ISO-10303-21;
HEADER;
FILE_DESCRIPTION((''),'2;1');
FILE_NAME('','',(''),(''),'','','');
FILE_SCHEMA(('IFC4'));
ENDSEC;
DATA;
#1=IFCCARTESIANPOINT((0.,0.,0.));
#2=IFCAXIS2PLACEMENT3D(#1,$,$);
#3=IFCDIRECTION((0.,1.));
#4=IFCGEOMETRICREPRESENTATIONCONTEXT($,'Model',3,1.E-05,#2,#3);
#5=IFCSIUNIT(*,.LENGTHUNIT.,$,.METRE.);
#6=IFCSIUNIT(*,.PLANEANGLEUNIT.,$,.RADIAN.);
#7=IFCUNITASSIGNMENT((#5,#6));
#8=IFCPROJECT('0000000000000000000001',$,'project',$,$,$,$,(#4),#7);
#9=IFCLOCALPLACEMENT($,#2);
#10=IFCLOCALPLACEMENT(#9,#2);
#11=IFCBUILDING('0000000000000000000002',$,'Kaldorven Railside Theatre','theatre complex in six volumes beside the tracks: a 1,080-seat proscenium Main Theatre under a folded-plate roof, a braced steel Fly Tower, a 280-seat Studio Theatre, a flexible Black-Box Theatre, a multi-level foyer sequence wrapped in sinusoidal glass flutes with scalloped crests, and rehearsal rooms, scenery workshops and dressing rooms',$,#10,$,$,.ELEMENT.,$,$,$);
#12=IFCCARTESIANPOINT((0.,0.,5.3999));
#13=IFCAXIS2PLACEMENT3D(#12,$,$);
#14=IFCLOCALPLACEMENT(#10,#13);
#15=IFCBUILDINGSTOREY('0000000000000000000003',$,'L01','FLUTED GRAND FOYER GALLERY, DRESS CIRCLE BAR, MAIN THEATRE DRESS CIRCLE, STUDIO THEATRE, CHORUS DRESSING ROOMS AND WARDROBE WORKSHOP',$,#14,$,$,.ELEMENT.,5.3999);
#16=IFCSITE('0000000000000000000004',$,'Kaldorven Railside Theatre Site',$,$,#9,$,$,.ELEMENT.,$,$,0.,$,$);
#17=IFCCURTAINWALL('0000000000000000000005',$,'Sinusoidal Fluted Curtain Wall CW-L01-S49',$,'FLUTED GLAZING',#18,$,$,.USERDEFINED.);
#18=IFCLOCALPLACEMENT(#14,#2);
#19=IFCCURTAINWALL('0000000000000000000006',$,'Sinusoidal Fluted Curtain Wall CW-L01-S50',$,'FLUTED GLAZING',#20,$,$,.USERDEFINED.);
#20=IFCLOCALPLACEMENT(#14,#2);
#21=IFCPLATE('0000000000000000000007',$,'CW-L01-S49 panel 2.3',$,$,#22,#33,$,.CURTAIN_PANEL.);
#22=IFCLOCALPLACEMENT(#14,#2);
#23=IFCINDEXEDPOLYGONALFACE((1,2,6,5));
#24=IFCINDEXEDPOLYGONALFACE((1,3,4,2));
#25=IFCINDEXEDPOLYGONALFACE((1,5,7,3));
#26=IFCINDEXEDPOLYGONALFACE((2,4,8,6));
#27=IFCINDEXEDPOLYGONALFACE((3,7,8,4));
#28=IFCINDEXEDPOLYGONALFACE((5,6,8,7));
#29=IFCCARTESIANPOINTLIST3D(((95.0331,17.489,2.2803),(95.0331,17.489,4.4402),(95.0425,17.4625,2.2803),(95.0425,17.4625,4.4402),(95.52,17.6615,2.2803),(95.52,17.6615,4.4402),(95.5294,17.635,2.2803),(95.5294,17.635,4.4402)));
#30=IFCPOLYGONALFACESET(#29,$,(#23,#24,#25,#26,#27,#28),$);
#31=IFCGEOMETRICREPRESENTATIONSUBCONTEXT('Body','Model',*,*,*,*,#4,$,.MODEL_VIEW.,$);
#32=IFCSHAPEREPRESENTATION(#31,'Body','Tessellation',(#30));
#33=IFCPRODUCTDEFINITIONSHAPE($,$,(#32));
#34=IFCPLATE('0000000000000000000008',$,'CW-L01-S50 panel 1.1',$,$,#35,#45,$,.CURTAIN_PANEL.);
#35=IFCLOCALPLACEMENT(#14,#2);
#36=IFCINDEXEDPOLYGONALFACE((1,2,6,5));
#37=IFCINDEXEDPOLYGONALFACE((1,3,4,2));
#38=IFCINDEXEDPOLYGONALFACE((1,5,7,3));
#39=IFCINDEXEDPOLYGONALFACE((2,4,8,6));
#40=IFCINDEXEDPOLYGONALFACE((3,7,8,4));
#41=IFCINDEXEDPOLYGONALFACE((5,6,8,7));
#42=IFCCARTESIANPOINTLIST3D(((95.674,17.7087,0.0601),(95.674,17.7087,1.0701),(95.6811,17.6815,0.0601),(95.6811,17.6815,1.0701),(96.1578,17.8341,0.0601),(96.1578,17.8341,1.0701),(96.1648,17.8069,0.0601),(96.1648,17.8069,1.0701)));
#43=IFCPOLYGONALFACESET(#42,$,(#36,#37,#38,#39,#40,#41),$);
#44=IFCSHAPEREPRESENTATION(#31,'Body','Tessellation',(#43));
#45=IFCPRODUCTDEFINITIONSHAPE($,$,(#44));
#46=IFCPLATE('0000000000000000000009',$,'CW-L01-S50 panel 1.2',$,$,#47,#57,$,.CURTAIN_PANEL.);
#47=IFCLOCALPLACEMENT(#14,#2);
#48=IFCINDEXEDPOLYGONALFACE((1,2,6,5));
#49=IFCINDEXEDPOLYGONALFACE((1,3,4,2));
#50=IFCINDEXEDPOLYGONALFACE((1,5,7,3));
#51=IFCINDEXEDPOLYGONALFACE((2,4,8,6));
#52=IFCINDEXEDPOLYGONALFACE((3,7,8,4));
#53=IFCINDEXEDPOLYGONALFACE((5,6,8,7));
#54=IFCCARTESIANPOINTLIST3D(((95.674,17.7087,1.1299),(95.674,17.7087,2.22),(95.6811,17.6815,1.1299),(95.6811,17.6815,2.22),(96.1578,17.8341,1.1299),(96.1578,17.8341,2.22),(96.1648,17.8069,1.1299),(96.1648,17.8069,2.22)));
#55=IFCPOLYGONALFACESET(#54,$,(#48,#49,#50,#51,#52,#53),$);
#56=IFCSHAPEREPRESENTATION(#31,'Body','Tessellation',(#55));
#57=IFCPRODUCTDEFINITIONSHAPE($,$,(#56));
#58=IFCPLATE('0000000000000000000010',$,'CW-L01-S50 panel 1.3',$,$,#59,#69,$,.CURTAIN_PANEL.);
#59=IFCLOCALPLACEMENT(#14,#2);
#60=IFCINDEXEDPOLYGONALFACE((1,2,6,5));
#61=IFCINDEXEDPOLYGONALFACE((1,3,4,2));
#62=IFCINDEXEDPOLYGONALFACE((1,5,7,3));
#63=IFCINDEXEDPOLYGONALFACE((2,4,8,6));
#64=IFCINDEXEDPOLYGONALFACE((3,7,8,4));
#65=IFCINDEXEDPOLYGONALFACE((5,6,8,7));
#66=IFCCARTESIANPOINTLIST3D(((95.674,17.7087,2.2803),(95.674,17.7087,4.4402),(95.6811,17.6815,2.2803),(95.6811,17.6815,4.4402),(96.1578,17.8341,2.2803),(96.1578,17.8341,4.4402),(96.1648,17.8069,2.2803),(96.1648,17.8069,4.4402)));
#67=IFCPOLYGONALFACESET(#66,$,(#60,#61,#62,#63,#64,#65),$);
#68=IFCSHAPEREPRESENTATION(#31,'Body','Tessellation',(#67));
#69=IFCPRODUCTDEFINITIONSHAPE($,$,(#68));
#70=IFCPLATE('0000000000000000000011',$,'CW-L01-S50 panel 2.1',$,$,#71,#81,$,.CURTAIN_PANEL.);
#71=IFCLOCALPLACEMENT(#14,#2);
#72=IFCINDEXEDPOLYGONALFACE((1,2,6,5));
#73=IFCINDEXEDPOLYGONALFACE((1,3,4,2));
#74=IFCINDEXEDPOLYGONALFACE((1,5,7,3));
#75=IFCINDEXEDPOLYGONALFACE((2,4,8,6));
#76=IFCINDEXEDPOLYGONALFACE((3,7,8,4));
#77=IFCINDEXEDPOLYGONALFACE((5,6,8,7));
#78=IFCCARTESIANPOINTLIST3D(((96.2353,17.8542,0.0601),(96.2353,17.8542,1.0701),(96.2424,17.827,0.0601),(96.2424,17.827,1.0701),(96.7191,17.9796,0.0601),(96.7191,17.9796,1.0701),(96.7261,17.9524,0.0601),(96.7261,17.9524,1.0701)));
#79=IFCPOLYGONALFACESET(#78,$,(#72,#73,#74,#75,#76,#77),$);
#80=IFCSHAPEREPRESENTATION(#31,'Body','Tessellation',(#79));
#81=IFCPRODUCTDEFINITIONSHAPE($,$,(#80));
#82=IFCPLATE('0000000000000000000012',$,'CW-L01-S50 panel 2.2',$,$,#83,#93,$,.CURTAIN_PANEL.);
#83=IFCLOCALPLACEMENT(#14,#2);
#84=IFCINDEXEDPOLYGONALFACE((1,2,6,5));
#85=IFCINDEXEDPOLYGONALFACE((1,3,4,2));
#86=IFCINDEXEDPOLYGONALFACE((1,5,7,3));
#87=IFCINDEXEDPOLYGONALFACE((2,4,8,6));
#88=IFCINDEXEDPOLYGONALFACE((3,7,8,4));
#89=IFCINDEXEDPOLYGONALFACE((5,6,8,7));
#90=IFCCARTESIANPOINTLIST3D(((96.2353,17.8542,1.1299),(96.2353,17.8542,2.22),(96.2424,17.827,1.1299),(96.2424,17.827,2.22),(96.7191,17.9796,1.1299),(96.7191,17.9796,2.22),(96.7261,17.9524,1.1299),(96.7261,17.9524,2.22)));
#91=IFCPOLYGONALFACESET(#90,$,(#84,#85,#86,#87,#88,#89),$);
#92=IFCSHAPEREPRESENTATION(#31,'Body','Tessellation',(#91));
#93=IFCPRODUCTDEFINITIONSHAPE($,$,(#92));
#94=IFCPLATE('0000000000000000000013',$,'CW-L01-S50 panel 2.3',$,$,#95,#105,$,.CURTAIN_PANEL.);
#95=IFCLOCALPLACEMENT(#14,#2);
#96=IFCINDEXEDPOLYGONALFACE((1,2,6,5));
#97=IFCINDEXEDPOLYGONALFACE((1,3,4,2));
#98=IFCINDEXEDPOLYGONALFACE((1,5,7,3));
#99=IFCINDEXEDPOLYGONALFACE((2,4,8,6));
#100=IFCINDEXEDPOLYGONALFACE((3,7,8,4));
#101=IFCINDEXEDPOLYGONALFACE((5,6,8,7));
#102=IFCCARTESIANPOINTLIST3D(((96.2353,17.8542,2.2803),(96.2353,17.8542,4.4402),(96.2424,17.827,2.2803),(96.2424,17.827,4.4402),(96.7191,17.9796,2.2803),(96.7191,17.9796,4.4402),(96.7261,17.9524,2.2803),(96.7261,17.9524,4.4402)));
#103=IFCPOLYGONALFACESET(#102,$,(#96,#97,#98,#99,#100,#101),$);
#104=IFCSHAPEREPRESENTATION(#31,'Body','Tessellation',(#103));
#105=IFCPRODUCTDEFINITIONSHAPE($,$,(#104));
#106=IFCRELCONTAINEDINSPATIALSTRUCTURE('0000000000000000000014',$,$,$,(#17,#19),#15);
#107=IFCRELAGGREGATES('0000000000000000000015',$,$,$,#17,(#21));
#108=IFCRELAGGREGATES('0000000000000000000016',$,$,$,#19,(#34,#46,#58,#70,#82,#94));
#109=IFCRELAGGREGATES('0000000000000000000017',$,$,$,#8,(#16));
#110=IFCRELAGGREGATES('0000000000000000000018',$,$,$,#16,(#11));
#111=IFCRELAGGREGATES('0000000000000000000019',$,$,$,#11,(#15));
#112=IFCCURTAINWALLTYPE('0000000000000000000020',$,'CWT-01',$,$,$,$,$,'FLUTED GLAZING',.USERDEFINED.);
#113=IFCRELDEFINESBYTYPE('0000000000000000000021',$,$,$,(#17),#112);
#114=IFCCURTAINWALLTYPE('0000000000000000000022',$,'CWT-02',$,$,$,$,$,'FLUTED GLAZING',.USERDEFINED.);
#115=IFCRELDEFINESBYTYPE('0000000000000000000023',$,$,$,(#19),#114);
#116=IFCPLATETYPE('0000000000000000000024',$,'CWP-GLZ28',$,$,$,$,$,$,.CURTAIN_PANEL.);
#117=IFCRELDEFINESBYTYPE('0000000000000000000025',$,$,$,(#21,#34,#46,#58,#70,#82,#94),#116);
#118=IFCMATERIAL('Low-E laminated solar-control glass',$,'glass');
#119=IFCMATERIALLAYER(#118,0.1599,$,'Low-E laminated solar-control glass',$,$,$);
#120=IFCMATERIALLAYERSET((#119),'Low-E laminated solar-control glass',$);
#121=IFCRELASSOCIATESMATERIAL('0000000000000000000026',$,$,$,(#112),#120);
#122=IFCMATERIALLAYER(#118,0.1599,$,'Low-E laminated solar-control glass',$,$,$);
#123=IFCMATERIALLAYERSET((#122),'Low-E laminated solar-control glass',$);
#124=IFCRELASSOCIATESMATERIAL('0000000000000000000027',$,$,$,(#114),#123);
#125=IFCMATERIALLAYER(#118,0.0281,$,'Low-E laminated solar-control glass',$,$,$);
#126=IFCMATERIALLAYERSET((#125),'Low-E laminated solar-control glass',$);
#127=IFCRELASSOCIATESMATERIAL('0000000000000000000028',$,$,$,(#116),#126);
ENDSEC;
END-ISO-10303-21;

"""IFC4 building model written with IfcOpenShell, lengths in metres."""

from ifc_helpers import new_model, si_unit, direction, frame, origin, origin_2d, place, context, subcontext, project, spatial, rectangle, extrude, material, layer, layer_set, type_object, element, aggregate, save


model = new_model("IFC4")

# Units and contexts
model_context = context("Model", 3, precision=1e-05, world=origin(), true_north=direction((0.0, 1.0)))
body_context = subcontext(model_context, "Body", "Model", "MODEL_VIEW")
ifc_project = project(units=[si_unit("LENGTHUNIT", "METRE"), si_unit("PLANEANGLEUNIT", "RADIAN")], contexts=[model_context])

# Site, building, storey
site_placement = place(None, origin())
site = spatial("IfcSite", under=ifc_project, at=site_placement, Name="Kaldorven Railside Theatre Site", CompositionType="ELEMENT", RefElevation=0.0)
building_placement = place(site_placement, origin())
building = spatial("IfcBuilding", under=site, at=building_placement, Name="Kaldorven Railside Theatre", Description="theatre complex in six volumes beside the tracks: a 1,080-seat proscenium Main Theatre under a folded-plate roof, a braced steel Fly Tower, a 280-seat Studio Theatre, a flexible Black-Box Theatre, a multi-level foyer sequence wrapped in sinusoidal glass flutes with scalloped crests, and rehearsal rooms, scenery workshops and dressing rooms", CompositionType="ELEMENT")
storey_placement = place(building_placement, frame((0.0, 0.0, 5.3999)))
storey = spatial("IfcBuildingStorey", under=building, at=storey_placement, Name="L01", Description="FLUTED GRAND FOYER GALLERY, DRESS CIRCLE BAR, MAIN THEATRE DRESS CIRCLE, STUDIO THEATRE, CHORUS DRESSING ROOMS AND WARDROBE WORKSHOP", CompositionType="ELEMENT", Elevation=5.3999)

# Curtain wall
ifc_material_1 = material(Name="Low-E laminated solar-control glass", Category="glass")
ifc_layer_1 = layer(ifc_material_1, 0.1599, Name="Low-E laminated solar-control glass")
ifc_layer_set_1 = layer_set([ifc_layer_1], Name="Low-E laminated solar-control glass")
curtain_wall_type_1 = type_object("IfcCurtainWallType", Name="CWT-01", ElementType="FLUTED GLAZING", PredefinedType="USERDEFINED", material=ifc_layer_set_1)
curtain_wall_1_placement = place(storey_placement, origin())
curtain_wall_1 = element("IfcCurtainWall", 1, at=curtain_wall_1_placement, inside=storey, type_object=curtain_wall_type_1, Name="Sinusoidal Fluted Curtain Wall CW-L01-S49", ObjectType="FLUTED GLAZING", PredefinedType="USERDEFINED")

# Curtain wall
ifc_layer_2 = layer(ifc_material_1, 0.1599, Name="Low-E laminated solar-control glass")
ifc_layer_set_2 = layer_set([ifc_layer_2], Name="Low-E laminated solar-control glass")
curtain_wall_type_2 = type_object("IfcCurtainWallType", Name="CWT-02", ElementType="FLUTED GLAZING", PredefinedType="USERDEFINED", material=ifc_layer_set_2)
curtain_wall_2_placement = place(storey_placement, origin())
curtain_wall_2 = element("IfcCurtainWall", 2, at=curtain_wall_2_placement, inside=storey, type_object=curtain_wall_type_2, Name="Sinusoidal Fluted Curtain Wall CW-L01-S50", ObjectType="FLUTED GLAZING", PredefinedType="USERDEFINED")

# Plates
ifc_layer_3 = layer(ifc_material_1, 0.0281, Name="Low-E laminated solar-control glass")
ifc_layer_set_3 = layer_set([ifc_layer_3], Name="Low-E laminated solar-control glass")
plate_type = type_object("IfcPlateType", Name="CWP-GLZ28", PredefinedType="CURTAIN_PANEL", material=ifc_layer_set_3)
plate_1_placement = place(storey_placement, frame((95.2812, 17.562, 2.2803), z_axis=(0.0, 0.0, 1.0), x_axis=(0.942627, 0.333847, 0.0)))
plate_1 = element("IfcPlate", 3, at=plate_1_placement, type_object=plate_type, Name="CW-L01-S49 panel 2.3", PredefinedType="CURTAIN_PANEL", context=body_context, shape_type="SweptSolid", body=[
    extrude(rectangle(XDim=0.5166, YDim=0.0281, at=origin_2d()), origin(), (0.0, 0.0, 1.0), 2.1599),
])
aggregate(curtain_wall_1, [plate_1])
plate_2_placement = place(storey_placement, frame((95.9194, 17.7578, 0.0601), z_axis=(0.0, 0.0, 1.0), x_axis=(0.967999, 0.250954, 0.0)))
plate_2 = element("IfcPlate", 4, at=plate_2_placement, type_object=plate_type, Name="CW-L01-S50 panel 1.1", PredefinedType="CURTAIN_PANEL", context=body_context, shape_type="SweptSolid", body=[
    extrude(rectangle(XDim=0.4998, YDim=0.0281, at=origin_2d()), origin(), (0.0, 0.0, 1.0), 1.01),
])
plate_3_placement = place(storey_placement, frame((95.9194, 17.7578, 1.1299), z_axis=(0.0, 0.0, 1.0), x_axis=(0.967999, 0.250954, 0.0)))
plate_3 = element("IfcPlate", 5, at=plate_3_placement, type_object=plate_type, Name="CW-L01-S50 panel 1.2", PredefinedType="CURTAIN_PANEL", context=body_context, shape_type="SweptSolid", body=[
    extrude(rectangle(XDim=0.4998, YDim=0.0281, at=origin_2d()), origin(), (0.0, 0.0, 1.0), 1.0901),
])
plate_4_placement = place(storey_placement, frame((95.9194, 17.7578, 2.2803), z_axis=(0.0, 0.0, 1.0), x_axis=(0.967999, 0.250954, 0.0)))
plate_4 = element("IfcPlate", 6, at=plate_4_placement, type_object=plate_type, Name="CW-L01-S50 panel 1.3", PredefinedType="CURTAIN_PANEL", context=body_context, shape_type="SweptSolid", body=[
    extrude(rectangle(XDim=0.4998, YDim=0.0281, at=origin_2d()), origin(), (0.0, 0.0, 1.0), 2.1599),
])
plate_5_placement = place(storey_placement, frame((96.4807, 17.9033, 0.0601), z_axis=(0.0, 0.0, 1.0), x_axis=(0.967999, 0.250954, 0.0)))
plate_5 = element("IfcPlate", 7, at=plate_5_placement, type_object=plate_type, Name="CW-L01-S50 panel 2.1", PredefinedType="CURTAIN_PANEL", context=body_context, shape_type="SweptSolid", body=[
    extrude(rectangle(XDim=0.4998, YDim=0.0281, at=origin_2d()), origin(), (0.0, 0.0, 1.0), 1.01),
])
plate_6_placement = place(storey_placement, frame((96.4807, 17.9033, 1.1299), z_axis=(0.0, 0.0, 1.0), x_axis=(0.967999, 0.250954, 0.0)))
plate_6 = element("IfcPlate", 8, at=plate_6_placement, type_object=plate_type, Name="CW-L01-S50 panel 2.2", PredefinedType="CURTAIN_PANEL", context=body_context, shape_type="SweptSolid", body=[
    extrude(rectangle(XDim=0.4998, YDim=0.0281, at=origin_2d()), origin(), (0.0, 0.0, 1.0), 1.0901),
])
plate_7_placement = place(storey_placement, frame((96.4807, 17.9033, 2.2803), z_axis=(0.0, 0.0, 1.0), x_axis=(0.967999, 0.250954, 0.0)))
plate_7 = element("IfcPlate", 9, at=plate_7_placement, type_object=plate_type, Name="CW-L01-S50 panel 2.3", PredefinedType="CURTAIN_PANEL", context=body_context, shape_type="SweptSolid", body=[
    extrude(rectangle(XDim=0.4998, YDim=0.0281, at=origin_2d()), origin(), (0.0, 0.0, 1.0), 2.1599),
])
aggregate(curtain_wall_2, [plate_2, plate_3, plate_4, plate_5, plate_6, plate_7])

save(model, "model.ifc")
